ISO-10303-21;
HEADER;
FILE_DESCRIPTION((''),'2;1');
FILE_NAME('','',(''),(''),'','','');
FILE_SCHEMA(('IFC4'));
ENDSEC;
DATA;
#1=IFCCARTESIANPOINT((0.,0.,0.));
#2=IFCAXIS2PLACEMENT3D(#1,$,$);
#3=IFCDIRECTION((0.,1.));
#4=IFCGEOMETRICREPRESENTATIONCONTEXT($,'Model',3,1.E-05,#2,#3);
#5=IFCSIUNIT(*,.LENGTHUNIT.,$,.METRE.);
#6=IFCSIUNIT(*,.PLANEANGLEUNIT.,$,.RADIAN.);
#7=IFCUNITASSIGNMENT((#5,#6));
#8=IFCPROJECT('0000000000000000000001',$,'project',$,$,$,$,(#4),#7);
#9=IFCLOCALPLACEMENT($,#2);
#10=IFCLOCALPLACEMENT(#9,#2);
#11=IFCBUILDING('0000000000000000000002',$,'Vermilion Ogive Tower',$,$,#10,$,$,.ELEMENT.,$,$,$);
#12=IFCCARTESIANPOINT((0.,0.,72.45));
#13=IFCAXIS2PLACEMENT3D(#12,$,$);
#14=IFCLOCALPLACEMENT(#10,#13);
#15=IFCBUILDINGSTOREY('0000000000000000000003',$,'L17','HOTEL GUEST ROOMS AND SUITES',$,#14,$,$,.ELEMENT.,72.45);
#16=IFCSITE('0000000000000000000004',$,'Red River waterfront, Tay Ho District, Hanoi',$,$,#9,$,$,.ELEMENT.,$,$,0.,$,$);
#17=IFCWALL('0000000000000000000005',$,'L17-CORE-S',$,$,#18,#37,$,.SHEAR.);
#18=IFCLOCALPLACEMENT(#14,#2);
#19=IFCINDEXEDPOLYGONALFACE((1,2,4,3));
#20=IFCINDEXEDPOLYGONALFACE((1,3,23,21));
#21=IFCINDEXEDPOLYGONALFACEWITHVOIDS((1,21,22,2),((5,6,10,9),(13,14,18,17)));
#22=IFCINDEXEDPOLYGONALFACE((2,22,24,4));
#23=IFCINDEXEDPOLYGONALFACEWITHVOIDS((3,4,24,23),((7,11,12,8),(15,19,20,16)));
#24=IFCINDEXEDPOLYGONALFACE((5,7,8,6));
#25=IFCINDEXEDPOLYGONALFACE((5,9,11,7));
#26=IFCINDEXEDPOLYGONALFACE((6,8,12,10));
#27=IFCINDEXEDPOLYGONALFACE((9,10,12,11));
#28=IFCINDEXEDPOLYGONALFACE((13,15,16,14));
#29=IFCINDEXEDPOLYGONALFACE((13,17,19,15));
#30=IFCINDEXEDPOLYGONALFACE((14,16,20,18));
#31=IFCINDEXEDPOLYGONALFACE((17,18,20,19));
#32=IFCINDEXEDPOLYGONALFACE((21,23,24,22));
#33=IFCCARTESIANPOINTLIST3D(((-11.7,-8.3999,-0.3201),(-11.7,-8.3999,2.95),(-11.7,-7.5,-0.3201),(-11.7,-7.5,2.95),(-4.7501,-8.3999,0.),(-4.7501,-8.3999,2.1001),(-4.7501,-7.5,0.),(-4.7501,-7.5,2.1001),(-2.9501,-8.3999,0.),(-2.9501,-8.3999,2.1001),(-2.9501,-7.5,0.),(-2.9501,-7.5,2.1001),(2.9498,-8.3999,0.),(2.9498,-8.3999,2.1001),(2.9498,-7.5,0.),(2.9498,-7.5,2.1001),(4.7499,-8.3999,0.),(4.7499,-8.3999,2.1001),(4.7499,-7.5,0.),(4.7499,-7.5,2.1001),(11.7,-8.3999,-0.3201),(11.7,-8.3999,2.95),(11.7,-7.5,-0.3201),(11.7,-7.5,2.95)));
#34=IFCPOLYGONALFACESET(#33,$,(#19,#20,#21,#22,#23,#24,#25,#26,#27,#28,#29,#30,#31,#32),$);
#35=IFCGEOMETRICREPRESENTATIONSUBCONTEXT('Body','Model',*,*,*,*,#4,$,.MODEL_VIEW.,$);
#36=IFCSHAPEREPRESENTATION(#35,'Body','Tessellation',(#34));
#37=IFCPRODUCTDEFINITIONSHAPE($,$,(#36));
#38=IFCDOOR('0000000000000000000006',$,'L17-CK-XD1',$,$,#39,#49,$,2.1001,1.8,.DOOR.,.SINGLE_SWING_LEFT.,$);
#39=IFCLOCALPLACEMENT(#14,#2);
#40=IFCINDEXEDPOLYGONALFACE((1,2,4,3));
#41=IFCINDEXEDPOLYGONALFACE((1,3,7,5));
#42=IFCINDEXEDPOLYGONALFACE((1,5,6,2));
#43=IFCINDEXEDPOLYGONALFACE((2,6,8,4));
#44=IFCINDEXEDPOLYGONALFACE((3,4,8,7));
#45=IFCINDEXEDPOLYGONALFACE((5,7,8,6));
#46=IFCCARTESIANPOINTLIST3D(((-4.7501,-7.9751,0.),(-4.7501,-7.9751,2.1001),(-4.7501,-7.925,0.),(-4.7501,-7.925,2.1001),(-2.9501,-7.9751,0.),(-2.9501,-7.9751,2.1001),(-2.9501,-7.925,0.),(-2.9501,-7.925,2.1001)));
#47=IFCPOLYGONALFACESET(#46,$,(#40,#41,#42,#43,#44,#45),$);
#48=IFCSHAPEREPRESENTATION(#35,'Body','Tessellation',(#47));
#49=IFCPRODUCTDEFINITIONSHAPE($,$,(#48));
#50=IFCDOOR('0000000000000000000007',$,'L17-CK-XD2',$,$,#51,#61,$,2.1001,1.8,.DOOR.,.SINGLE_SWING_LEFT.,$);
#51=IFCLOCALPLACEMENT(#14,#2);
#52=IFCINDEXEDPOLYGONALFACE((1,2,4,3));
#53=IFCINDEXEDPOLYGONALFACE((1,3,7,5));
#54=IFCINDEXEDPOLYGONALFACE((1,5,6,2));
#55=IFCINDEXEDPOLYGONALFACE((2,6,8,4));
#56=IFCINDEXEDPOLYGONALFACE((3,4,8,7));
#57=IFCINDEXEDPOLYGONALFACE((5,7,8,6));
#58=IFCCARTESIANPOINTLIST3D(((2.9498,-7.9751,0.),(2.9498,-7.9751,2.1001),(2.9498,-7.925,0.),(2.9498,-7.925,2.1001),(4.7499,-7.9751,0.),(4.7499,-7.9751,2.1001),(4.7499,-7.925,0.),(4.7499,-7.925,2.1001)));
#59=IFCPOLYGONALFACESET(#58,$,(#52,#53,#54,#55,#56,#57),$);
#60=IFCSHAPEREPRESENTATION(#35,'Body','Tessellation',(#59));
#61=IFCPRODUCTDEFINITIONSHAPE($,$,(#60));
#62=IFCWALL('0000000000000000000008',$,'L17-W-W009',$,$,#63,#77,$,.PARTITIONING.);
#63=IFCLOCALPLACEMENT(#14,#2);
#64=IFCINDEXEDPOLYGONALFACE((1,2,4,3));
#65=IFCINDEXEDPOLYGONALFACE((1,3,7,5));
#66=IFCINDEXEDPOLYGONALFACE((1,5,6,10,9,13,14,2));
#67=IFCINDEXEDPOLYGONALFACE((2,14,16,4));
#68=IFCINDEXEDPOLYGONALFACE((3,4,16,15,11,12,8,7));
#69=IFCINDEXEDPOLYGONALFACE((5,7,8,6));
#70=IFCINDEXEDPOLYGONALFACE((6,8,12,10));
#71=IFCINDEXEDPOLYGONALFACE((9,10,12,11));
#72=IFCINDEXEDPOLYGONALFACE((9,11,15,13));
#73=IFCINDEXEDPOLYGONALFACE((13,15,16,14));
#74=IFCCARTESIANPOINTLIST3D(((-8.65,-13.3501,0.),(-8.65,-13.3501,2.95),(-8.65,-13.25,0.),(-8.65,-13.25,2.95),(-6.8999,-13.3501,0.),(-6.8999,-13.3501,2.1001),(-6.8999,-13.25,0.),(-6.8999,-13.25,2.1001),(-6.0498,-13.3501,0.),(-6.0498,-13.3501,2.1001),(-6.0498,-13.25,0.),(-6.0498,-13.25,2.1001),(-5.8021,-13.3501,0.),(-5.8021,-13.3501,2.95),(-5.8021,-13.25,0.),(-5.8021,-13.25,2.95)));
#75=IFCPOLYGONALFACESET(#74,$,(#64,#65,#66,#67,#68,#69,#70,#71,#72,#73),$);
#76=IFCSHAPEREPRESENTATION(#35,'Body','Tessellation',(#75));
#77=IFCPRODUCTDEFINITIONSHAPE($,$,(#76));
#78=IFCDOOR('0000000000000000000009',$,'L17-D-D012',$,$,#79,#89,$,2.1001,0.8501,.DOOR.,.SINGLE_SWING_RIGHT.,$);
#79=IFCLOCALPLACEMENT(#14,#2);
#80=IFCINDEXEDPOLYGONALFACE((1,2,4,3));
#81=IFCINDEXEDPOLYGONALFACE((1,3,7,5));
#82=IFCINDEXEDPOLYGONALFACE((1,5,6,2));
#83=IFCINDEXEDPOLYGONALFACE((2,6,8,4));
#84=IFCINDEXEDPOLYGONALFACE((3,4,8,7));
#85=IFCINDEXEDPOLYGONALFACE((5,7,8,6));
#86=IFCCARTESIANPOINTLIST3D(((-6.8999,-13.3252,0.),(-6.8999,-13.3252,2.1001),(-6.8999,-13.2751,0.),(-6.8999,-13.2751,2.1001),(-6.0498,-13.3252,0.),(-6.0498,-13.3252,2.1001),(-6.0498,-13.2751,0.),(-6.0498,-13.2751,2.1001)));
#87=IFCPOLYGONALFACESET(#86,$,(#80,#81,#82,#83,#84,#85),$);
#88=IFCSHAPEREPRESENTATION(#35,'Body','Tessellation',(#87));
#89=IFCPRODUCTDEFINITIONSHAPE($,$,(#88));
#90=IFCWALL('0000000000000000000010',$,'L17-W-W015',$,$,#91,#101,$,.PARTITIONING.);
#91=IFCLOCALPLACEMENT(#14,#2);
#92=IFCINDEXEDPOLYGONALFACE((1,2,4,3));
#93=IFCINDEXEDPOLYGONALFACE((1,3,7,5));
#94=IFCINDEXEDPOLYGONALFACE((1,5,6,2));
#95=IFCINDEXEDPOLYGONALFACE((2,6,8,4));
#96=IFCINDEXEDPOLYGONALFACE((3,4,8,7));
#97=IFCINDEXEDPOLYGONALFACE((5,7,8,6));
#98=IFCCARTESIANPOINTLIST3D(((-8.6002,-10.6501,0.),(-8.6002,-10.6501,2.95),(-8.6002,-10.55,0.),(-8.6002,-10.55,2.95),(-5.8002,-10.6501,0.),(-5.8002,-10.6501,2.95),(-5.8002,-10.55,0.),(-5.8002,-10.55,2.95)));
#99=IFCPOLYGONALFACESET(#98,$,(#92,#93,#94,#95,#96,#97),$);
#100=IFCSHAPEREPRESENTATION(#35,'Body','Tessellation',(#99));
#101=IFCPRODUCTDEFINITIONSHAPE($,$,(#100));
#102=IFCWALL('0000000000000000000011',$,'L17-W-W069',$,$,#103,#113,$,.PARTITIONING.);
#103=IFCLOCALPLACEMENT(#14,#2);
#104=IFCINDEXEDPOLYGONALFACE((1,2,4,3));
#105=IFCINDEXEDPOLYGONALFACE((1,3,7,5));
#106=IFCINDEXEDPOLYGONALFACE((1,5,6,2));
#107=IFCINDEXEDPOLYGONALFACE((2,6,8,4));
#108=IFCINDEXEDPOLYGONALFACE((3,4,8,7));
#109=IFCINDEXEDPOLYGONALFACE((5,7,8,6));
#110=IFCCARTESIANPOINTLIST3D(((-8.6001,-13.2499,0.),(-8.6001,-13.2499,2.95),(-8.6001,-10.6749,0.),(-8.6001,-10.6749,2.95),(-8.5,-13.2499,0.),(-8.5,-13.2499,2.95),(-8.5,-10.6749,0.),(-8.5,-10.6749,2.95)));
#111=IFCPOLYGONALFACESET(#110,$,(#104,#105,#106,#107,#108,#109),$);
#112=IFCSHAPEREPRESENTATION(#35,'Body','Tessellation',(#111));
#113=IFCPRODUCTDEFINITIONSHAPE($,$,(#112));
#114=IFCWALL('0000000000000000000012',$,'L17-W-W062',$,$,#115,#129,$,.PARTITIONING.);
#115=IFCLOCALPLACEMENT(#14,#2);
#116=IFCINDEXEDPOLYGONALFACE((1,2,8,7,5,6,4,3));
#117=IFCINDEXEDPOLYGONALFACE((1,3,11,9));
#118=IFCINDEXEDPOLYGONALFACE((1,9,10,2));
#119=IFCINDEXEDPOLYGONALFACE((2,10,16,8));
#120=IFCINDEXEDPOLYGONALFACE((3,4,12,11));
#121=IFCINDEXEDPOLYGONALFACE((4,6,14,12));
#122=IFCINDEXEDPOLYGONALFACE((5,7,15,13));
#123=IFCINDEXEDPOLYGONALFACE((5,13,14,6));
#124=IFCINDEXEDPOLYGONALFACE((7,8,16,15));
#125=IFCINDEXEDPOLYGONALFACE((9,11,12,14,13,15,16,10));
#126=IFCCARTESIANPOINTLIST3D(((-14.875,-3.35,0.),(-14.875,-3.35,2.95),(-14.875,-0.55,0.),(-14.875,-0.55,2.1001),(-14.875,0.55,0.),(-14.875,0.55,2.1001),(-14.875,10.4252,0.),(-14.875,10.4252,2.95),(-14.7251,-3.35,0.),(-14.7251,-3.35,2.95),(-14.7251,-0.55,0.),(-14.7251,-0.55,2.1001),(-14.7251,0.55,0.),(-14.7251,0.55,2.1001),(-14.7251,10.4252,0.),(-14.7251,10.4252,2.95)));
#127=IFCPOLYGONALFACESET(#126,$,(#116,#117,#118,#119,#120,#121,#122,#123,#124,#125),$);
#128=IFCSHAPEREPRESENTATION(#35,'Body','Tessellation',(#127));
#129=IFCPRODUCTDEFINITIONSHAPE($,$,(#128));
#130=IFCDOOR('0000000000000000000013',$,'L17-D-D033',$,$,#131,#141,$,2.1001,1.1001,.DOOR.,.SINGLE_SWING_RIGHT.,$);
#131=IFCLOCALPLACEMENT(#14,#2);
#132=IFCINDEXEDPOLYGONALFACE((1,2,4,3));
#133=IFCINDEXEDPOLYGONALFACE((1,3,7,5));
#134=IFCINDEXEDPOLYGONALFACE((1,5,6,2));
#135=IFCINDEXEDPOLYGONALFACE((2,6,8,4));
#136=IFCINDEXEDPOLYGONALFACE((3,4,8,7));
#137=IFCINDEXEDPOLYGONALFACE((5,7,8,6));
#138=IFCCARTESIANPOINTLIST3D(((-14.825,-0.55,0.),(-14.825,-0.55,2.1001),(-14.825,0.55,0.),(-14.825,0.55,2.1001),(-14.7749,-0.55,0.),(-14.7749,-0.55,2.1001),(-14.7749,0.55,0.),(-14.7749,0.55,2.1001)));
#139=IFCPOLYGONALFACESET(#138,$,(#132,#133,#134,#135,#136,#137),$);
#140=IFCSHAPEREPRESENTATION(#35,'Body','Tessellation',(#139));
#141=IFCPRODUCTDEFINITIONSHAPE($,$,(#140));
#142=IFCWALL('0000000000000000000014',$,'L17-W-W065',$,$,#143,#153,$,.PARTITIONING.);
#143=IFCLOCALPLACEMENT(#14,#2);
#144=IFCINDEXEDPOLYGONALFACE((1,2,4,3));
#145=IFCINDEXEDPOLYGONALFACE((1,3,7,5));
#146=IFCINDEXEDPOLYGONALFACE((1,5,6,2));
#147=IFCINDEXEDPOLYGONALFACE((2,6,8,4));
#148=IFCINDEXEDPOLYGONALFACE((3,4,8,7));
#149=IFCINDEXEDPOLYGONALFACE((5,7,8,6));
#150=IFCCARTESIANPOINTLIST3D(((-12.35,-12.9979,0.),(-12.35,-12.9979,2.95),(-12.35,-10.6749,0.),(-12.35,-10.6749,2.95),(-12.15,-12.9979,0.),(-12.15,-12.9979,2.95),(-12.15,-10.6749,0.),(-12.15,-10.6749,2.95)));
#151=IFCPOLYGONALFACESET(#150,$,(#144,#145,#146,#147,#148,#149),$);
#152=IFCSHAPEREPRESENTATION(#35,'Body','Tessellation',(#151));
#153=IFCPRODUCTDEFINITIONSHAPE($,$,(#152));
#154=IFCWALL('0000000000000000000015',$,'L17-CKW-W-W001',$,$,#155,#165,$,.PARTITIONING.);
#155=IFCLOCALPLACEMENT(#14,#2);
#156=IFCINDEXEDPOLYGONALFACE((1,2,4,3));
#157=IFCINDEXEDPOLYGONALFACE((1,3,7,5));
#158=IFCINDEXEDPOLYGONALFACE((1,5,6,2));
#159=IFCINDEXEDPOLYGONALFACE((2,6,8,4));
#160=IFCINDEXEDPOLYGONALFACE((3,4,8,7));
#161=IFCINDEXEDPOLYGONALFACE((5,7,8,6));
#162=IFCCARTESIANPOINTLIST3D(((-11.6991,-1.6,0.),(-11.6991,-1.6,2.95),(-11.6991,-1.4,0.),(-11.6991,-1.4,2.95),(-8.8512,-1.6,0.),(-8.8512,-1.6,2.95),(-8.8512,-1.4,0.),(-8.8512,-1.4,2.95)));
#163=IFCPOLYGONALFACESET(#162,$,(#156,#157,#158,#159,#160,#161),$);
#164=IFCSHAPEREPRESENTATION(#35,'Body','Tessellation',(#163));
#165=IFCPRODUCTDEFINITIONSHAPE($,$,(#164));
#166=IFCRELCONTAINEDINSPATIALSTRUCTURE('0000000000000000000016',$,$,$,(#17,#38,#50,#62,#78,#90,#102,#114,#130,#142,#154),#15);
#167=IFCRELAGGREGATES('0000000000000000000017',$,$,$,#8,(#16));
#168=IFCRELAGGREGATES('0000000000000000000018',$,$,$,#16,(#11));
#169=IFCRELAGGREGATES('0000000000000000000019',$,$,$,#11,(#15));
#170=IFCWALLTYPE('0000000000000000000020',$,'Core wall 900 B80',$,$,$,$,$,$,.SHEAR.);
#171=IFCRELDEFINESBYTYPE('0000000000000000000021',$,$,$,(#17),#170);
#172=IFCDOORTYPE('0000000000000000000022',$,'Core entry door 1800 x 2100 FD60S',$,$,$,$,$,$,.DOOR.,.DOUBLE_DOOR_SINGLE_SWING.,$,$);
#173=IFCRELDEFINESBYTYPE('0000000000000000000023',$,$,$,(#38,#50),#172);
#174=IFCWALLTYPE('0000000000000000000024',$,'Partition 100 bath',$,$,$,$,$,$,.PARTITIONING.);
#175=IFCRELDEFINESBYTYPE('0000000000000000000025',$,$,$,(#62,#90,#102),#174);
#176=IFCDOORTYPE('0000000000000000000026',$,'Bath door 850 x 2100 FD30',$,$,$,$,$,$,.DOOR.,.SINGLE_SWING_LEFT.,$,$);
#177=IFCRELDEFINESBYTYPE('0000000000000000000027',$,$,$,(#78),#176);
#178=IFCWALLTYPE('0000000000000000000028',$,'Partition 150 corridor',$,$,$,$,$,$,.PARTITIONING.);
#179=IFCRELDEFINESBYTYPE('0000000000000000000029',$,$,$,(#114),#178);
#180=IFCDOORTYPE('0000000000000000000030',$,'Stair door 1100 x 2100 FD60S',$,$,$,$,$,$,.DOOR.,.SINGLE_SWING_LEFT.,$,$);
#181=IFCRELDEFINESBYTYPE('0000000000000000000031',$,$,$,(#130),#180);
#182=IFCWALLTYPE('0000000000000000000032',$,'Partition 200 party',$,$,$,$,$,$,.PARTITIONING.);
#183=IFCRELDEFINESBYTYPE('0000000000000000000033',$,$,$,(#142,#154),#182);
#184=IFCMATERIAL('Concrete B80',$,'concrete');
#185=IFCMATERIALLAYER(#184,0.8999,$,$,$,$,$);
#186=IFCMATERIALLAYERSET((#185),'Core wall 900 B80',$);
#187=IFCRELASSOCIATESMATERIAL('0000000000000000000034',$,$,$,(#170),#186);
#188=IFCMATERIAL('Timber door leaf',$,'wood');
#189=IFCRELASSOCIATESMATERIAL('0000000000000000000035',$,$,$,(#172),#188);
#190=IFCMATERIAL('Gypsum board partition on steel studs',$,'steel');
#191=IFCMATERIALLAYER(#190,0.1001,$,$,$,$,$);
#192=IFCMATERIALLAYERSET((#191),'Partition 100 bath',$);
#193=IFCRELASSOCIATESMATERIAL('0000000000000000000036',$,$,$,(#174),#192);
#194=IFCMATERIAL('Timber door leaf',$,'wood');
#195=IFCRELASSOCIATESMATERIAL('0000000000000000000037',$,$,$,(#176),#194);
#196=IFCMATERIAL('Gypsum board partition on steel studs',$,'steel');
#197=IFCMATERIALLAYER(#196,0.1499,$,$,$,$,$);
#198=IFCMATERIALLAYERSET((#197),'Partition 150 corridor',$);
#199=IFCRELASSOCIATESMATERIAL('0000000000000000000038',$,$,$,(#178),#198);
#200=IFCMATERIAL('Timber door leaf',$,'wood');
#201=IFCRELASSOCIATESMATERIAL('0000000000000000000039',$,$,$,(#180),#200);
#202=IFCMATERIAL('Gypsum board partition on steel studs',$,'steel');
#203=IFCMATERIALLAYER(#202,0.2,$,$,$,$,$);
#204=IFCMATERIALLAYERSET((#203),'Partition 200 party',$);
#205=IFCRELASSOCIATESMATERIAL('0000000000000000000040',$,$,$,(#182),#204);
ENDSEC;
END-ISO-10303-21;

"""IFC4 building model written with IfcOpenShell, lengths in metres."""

from ifc_helpers import new_model, si_unit, direction, frame, frame_2d, origin, place, context, subcontext, project, spatial, rectangle, extrude, material, layer, layer_set, type_object, element, fill, save


model = new_model("IFC4")

# Units and contexts
model_context = context("Model", 3, precision=1e-05, world=origin(), true_north=direction((0.0, 1.0)))
body_context = subcontext(model_context, "Body", "Model", "MODEL_VIEW")
ifc_project = project(units=[si_unit("LENGTHUNIT", "METRE"), si_unit("PLANEANGLEUNIT", "RADIAN")], contexts=[model_context])

# Site, building, storey
site_placement = place(None, origin())
site = spatial("IfcSite", under=ifc_project, at=site_placement, Name="Red River waterfront, Tay Ho District, Hanoi", CompositionType="ELEMENT", RefElevation=0.0)
building_placement = place(site_placement, origin())
building = spatial("IfcBuilding", under=site, at=building_placement, Name="Vermilion Ogive Tower", CompositionType="ELEMENT")
storey_placement = place(building_placement, frame((0.0, 0.0, 72.45)))
storey = spatial("IfcBuildingStorey", under=building, at=storey_placement, Name="L17", Description="HOTEL GUEST ROOMS AND SUITES", CompositionType="ELEMENT", Elevation=72.45)

# Wall, openings, doors
ifc_material_1 = material(Name="Concrete B80", Category="concrete")
ifc_layer_1 = layer(ifc_material_1, 0.8999)
ifc_layer_set_1 = layer_set([ifc_layer_1], Name="Core wall 900 B80")
wall_type_1 = type_object("IfcWallType", Name="Core wall 900 B80", PredefinedType="SHEAR", material=ifc_layer_set_1)
wall_1_placement = place(storey_placement, frame((-11.7, -7.95, -0.3201), z_axis=(0.0, 0.0, 1.0), x_axis=(1.0, 0.0, 0.0)))
wall_1 = element("IfcWall", 1, at=wall_1_placement, inside=storey, type_object=wall_type_1, Name="L17-CORE-S", PredefinedType="SHEAR", context=body_context, shape_type="SweptSolid", body=[
    extrude(rectangle(XDim=23.3999, YDim=0.8999, at=frame_2d((11.7, 0.0))), origin(), (0.0, 0.0, 1.0), 3.27),
])
opening_1_placement = place(wall_1_placement, frame((6.95, 0.0, 0.3201)))
opening_1 = element("IfcOpeningElement", 2, at=opening_1_placement, cuts=wall_1, PredefinedType="OPENING", context=body_context, shape_type="SweptSolid", body=[
    extrude(rectangle(XDim=1.8, YDim=2.1001, at=frame_2d((0.8999, 1.05))), frame((0.0, 0.46, 0.0), z_axis=(0.0, -1.0, 0.0), x_axis=(1.0, 0.0, 0.0)), (0.0, 0.0, 1.0), 0.9199),
])
opening_2_placement = place(wall_1_placement, frame((14.6499, 0.0, 0.3201)))
opening_2 = element("IfcOpeningElement", 3, at=opening_2_placement, cuts=wall_1, PredefinedType="OPENING", context=body_context, shape_type="SweptSolid", body=[
    extrude(rectangle(XDim=1.8, YDim=2.1001, at=frame_2d((0.8999, 1.05))), frame((0.0, 0.46, 0.0), z_axis=(0.0, -1.0, 0.0), x_axis=(1.0, 0.0, 0.0)), (0.0, 0.0, 1.0), 0.9199),
])
ifc_material_2 = material(Name="Timber door leaf", Category="wood")
door_type_1 = type_object("IfcDoorType", Name="Core entry door 1800 x 2100 FD60S", OperationType="DOUBLE_DOOR_SINGLE_SWING", PredefinedType="DOOR", material=ifc_material_2)
door_1_placement = place(opening_1_placement, origin())
door_1 = element("IfcDoor", 4, at=door_1_placement, inside=storey, type_object=door_type_1, Name="L17-CK-XD1", OperationType="SINGLE_SWING_LEFT", OverallHeight=2.1001, OverallWidth=1.8, PredefinedType="DOOR", context=body_context, shape_type="SweptSolid", body=[
    extrude(rectangle(XDim=1.8, YDim=2.1001, at=frame_2d((0.8999, 1.05))), frame((0.0, 0.0249, 0.0), z_axis=(0.0, -1.0, 0.0), x_axis=(1.0, 0.0, 0.0)), (0.0, 0.0, 1.0), 0.05),
])
fill(opening_1, door_1)
door_2_placement = place(opening_2_placement, origin())
door_2 = element("IfcDoor", 5, at=door_2_placement, inside=storey, type_object=door_type_1, Name="L17-CK-XD2", OperationType="SINGLE_SWING_LEFT", OverallHeight=2.1001, OverallWidth=1.8, PredefinedType="DOOR", context=body_context, shape_type="SweptSolid", body=[
    extrude(rectangle(XDim=1.8, YDim=2.1001, at=frame_2d((0.8999, 1.05))), frame((0.0, 0.0249, 0.0), z_axis=(0.0, -1.0, 0.0), x_axis=(1.0, 0.0, 0.0)), (0.0, 0.0, 1.0), 0.05),
])
fill(opening_2, door_2)

# Wall, opening, door
ifc_material_3 = material(Name="Gypsum board partition on steel studs", Category="steel")
ifc_layer_2 = layer(ifc_material_3, 0.1001)
ifc_layer_set_2 = layer_set([ifc_layer_2], Name="Partition 100 bath")
wall_type_2 = type_object("IfcWallType", Name="Partition 100 bath", PredefinedType="PARTITIONING", material=ifc_layer_set_2)
wall_2_placement = place(storey_placement, frame((-8.6499, -13.3, 0.0), z_axis=(0.0, 0.0, 1.0), x_axis=(1.0, 0.0, 0.0)))
wall_2 = element("IfcWall", 6, at=wall_2_placement, inside=storey, type_object=wall_type_2, Name="L17-W-W009", PredefinedType="PARTITIONING", context=body_context, shape_type="SweptSolid", body=[
    extrude(rectangle(XDim=2.8479, YDim=0.1001, at=frame_2d((1.4238, 0.0))), origin(), (0.0, 0.0, 1.0), 2.95),
])
opening_3_placement = place(wall_2_placement, frame((1.75, 0.0, 0.0)))
opening_3 = element("IfcOpeningElement", 7, at=opening_3_placement, cuts=wall_2, PredefinedType="OPENING", context=body_context, shape_type="SweptSolid", body=[
    extrude(rectangle(XDim=0.8501, YDim=2.1001, at=frame_2d((0.425, 1.05))), frame((0.0, 0.0601, 0.0), z_axis=(0.0, -1.0, 0.0), x_axis=(1.0, 0.0, 0.0)), (0.0, 0.0, 1.0), 0.1201),
])
ifc_material_4 = material(Name="Timber door leaf", Category="wood")
door_type_2 = type_object("IfcDoorType", Name="Bath door 850 x 2100 FD30", OperationType="SINGLE_SWING_LEFT", PredefinedType="DOOR", material=ifc_material_4)
door_3_placement = place(opening_3_placement, origin())
door_3 = element("IfcDoor", 8, at=door_3_placement, inside=storey, type_object=door_type_2, Name="L17-D-D012", OperationType="SINGLE_SWING_RIGHT", OverallHeight=2.1001, OverallWidth=0.8501, PredefinedType="DOOR", context=body_context, shape_type="SweptSolid", body=[
    extrude(rectangle(XDim=0.8501, YDim=2.1001, at=frame_2d((0.425, 1.05))), frame((0.0, 0.0249, 0.0), z_axis=(0.0, -1.0, 0.0), x_axis=(1.0, 0.0, 0.0)), (0.0, 0.0, 1.0), 0.05),
])
fill(opening_3, door_3)

# Walls
wall_3_placement = place(storey_placement, frame((-8.6001, -10.6001, 0.0), z_axis=(0.0, 0.0, 1.0), x_axis=(1.0, 0.0, 0.0)))
element("IfcWall", 9, at=wall_3_placement, inside=storey, type_object=wall_type_2, Name="L17-W-W015", PredefinedType="PARTITIONING", context=body_context, shape_type="SweptSolid", body=[
    extrude(rectangle(XDim=2.8, YDim=0.1001, at=frame_2d((1.3999, 0.0))), origin(), (0.0, 0.0, 1.0), 2.95),
])
wall_4_placement = place(storey_placement, frame((-8.55, -13.25, 0.0), z_axis=(0.0, 0.0, 1.0), x_axis=(0.0, 1.0, 0.0)))
element("IfcWall", 10, at=wall_4_placement, inside=storey, type_object=wall_type_2, Name="L17-W-W069", PredefinedType="PARTITIONING", context=body_context, shape_type="SweptSolid", body=[
    extrude(rectangle(XDim=2.575, YDim=0.1001, at=frame_2d((1.2876, 0.0))), origin(), (0.0, 0.0, 1.0), 2.95),
])

# Wall, opening, door
ifc_material_5 = material(Name="Gypsum board partition on steel studs", Category="steel")
ifc_layer_3 = layer(ifc_material_5, 0.1499)
ifc_layer_set_3 = layer_set([ifc_layer_3], Name="Partition 150 corridor")
wall_type_3 = type_object("IfcWallType", Name="Partition 150 corridor", PredefinedType="PARTITIONING", material=ifc_layer_set_3)
wall_5_placement = place(storey_placement, frame((-14.8, -3.3501, 0.0), z_axis=(0.0, 0.0, 1.0), x_axis=(0.0, 1.0, 0.0)))
wall_5 = element("IfcWall", 11, at=wall_5_placement, inside=storey, type_object=wall_type_3, Name="L17-W-W062", PredefinedType="PARTITIONING", context=body_context, shape_type="SweptSolid", body=[
    extrude(rectangle(XDim=13.7751, YDim=0.1499, at=frame_2d((6.8877, 0.0))), origin(), (0.0, 0.0, 1.0), 2.95),
])
opening_4_placement = place(wall_5_placement, frame((2.8, 0.0, 0.0)))
opening_4 = element("IfcOpeningElement", 12, at=opening_4_placement, cuts=wall_5, PredefinedType="OPENING", context=body_context, shape_type="SweptSolid", body=[
    extrude(rectangle(XDim=1.1001, YDim=2.1001, at=frame_2d((0.55, 1.05))), frame((0.0, 0.085, 0.0), z_axis=(0.0, -1.0, 0.0), x_axis=(1.0, 0.0, 0.0)), (0.0, 0.0, 1.0), 0.1699),
])
ifc_material_6 = material(Name="Timber door leaf", Category="wood")
door_type_3 = type_object("IfcDoorType", Name="Stair door 1100 x 2100 FD60S", OperationType="SINGLE_SWING_LEFT", PredefinedType="DOOR", material=ifc_material_6)
door_4_placement = place(opening_4_placement, origin())
door_4 = element("IfcDoor", 13, at=door_4_placement, inside=storey, type_object=door_type_3, Name="L17-D-D033", OperationType="SINGLE_SWING_RIGHT", OverallHeight=2.1001, OverallWidth=1.1001, PredefinedType="DOOR", context=body_context, shape_type="SweptSolid", body=[
    extrude(rectangle(XDim=1.1001, YDim=2.1001, at=frame_2d((0.55, 1.05))), frame((0.0, 0.0249, 0.0), z_axis=(0.0, -1.0, 0.0), x_axis=(1.0, 0.0, 0.0)), (0.0, 0.0, 1.0), 0.05),
])
fill(opening_4, door_4)

# Walls
ifc_material_7 = material(Name="Gypsum board partition on steel studs", Category="steel")
ifc_layer_4 = layer(ifc_material_7, 0.2)
ifc_layer_set_4 = layer_set([ifc_layer_4], Name="Partition 200 party")
wall_type_4 = type_object("IfcWallType", Name="Partition 200 party", PredefinedType="PARTITIONING", material=ifc_layer_set_4)
wall_6_placement = place(storey_placement, frame((-12.25, -12.998, 0.0), z_axis=(0.0, 0.0, 1.0), x_axis=(0.0, 1.0, 0.0)))
element("IfcWall", 14, at=wall_6_placement, inside=storey, type_object=wall_type_4, Name="L17-W-W065", PredefinedType="PARTITIONING", context=body_context, shape_type="SweptSolid", body=[
    extrude(rectangle(XDim=2.323, YDim=0.2, at=frame_2d((1.1616, 0.0))), origin(), (0.0, 0.0, 1.0), 2.95),
])
wall_7_placement = place(storey_placement, frame((-11.699, -1.5, 0.0), z_axis=(0.0, 0.0, 1.0), x_axis=(1.0, 0.0, 0.0)))
element("IfcWall", 15, at=wall_7_placement, inside=storey, type_object=wall_type_4, Name="L17-CKW-W-W001", PredefinedType="PARTITIONING", context=body_context, shape_type="SweptSolid", body=[
    extrude(rectangle(XDim=2.8479, YDim=0.2, at=frame_2d((1.4238, 0.0))), origin(), (0.0, 0.0, 1.0), 2.95),
])

save(model, "model.ifc")
